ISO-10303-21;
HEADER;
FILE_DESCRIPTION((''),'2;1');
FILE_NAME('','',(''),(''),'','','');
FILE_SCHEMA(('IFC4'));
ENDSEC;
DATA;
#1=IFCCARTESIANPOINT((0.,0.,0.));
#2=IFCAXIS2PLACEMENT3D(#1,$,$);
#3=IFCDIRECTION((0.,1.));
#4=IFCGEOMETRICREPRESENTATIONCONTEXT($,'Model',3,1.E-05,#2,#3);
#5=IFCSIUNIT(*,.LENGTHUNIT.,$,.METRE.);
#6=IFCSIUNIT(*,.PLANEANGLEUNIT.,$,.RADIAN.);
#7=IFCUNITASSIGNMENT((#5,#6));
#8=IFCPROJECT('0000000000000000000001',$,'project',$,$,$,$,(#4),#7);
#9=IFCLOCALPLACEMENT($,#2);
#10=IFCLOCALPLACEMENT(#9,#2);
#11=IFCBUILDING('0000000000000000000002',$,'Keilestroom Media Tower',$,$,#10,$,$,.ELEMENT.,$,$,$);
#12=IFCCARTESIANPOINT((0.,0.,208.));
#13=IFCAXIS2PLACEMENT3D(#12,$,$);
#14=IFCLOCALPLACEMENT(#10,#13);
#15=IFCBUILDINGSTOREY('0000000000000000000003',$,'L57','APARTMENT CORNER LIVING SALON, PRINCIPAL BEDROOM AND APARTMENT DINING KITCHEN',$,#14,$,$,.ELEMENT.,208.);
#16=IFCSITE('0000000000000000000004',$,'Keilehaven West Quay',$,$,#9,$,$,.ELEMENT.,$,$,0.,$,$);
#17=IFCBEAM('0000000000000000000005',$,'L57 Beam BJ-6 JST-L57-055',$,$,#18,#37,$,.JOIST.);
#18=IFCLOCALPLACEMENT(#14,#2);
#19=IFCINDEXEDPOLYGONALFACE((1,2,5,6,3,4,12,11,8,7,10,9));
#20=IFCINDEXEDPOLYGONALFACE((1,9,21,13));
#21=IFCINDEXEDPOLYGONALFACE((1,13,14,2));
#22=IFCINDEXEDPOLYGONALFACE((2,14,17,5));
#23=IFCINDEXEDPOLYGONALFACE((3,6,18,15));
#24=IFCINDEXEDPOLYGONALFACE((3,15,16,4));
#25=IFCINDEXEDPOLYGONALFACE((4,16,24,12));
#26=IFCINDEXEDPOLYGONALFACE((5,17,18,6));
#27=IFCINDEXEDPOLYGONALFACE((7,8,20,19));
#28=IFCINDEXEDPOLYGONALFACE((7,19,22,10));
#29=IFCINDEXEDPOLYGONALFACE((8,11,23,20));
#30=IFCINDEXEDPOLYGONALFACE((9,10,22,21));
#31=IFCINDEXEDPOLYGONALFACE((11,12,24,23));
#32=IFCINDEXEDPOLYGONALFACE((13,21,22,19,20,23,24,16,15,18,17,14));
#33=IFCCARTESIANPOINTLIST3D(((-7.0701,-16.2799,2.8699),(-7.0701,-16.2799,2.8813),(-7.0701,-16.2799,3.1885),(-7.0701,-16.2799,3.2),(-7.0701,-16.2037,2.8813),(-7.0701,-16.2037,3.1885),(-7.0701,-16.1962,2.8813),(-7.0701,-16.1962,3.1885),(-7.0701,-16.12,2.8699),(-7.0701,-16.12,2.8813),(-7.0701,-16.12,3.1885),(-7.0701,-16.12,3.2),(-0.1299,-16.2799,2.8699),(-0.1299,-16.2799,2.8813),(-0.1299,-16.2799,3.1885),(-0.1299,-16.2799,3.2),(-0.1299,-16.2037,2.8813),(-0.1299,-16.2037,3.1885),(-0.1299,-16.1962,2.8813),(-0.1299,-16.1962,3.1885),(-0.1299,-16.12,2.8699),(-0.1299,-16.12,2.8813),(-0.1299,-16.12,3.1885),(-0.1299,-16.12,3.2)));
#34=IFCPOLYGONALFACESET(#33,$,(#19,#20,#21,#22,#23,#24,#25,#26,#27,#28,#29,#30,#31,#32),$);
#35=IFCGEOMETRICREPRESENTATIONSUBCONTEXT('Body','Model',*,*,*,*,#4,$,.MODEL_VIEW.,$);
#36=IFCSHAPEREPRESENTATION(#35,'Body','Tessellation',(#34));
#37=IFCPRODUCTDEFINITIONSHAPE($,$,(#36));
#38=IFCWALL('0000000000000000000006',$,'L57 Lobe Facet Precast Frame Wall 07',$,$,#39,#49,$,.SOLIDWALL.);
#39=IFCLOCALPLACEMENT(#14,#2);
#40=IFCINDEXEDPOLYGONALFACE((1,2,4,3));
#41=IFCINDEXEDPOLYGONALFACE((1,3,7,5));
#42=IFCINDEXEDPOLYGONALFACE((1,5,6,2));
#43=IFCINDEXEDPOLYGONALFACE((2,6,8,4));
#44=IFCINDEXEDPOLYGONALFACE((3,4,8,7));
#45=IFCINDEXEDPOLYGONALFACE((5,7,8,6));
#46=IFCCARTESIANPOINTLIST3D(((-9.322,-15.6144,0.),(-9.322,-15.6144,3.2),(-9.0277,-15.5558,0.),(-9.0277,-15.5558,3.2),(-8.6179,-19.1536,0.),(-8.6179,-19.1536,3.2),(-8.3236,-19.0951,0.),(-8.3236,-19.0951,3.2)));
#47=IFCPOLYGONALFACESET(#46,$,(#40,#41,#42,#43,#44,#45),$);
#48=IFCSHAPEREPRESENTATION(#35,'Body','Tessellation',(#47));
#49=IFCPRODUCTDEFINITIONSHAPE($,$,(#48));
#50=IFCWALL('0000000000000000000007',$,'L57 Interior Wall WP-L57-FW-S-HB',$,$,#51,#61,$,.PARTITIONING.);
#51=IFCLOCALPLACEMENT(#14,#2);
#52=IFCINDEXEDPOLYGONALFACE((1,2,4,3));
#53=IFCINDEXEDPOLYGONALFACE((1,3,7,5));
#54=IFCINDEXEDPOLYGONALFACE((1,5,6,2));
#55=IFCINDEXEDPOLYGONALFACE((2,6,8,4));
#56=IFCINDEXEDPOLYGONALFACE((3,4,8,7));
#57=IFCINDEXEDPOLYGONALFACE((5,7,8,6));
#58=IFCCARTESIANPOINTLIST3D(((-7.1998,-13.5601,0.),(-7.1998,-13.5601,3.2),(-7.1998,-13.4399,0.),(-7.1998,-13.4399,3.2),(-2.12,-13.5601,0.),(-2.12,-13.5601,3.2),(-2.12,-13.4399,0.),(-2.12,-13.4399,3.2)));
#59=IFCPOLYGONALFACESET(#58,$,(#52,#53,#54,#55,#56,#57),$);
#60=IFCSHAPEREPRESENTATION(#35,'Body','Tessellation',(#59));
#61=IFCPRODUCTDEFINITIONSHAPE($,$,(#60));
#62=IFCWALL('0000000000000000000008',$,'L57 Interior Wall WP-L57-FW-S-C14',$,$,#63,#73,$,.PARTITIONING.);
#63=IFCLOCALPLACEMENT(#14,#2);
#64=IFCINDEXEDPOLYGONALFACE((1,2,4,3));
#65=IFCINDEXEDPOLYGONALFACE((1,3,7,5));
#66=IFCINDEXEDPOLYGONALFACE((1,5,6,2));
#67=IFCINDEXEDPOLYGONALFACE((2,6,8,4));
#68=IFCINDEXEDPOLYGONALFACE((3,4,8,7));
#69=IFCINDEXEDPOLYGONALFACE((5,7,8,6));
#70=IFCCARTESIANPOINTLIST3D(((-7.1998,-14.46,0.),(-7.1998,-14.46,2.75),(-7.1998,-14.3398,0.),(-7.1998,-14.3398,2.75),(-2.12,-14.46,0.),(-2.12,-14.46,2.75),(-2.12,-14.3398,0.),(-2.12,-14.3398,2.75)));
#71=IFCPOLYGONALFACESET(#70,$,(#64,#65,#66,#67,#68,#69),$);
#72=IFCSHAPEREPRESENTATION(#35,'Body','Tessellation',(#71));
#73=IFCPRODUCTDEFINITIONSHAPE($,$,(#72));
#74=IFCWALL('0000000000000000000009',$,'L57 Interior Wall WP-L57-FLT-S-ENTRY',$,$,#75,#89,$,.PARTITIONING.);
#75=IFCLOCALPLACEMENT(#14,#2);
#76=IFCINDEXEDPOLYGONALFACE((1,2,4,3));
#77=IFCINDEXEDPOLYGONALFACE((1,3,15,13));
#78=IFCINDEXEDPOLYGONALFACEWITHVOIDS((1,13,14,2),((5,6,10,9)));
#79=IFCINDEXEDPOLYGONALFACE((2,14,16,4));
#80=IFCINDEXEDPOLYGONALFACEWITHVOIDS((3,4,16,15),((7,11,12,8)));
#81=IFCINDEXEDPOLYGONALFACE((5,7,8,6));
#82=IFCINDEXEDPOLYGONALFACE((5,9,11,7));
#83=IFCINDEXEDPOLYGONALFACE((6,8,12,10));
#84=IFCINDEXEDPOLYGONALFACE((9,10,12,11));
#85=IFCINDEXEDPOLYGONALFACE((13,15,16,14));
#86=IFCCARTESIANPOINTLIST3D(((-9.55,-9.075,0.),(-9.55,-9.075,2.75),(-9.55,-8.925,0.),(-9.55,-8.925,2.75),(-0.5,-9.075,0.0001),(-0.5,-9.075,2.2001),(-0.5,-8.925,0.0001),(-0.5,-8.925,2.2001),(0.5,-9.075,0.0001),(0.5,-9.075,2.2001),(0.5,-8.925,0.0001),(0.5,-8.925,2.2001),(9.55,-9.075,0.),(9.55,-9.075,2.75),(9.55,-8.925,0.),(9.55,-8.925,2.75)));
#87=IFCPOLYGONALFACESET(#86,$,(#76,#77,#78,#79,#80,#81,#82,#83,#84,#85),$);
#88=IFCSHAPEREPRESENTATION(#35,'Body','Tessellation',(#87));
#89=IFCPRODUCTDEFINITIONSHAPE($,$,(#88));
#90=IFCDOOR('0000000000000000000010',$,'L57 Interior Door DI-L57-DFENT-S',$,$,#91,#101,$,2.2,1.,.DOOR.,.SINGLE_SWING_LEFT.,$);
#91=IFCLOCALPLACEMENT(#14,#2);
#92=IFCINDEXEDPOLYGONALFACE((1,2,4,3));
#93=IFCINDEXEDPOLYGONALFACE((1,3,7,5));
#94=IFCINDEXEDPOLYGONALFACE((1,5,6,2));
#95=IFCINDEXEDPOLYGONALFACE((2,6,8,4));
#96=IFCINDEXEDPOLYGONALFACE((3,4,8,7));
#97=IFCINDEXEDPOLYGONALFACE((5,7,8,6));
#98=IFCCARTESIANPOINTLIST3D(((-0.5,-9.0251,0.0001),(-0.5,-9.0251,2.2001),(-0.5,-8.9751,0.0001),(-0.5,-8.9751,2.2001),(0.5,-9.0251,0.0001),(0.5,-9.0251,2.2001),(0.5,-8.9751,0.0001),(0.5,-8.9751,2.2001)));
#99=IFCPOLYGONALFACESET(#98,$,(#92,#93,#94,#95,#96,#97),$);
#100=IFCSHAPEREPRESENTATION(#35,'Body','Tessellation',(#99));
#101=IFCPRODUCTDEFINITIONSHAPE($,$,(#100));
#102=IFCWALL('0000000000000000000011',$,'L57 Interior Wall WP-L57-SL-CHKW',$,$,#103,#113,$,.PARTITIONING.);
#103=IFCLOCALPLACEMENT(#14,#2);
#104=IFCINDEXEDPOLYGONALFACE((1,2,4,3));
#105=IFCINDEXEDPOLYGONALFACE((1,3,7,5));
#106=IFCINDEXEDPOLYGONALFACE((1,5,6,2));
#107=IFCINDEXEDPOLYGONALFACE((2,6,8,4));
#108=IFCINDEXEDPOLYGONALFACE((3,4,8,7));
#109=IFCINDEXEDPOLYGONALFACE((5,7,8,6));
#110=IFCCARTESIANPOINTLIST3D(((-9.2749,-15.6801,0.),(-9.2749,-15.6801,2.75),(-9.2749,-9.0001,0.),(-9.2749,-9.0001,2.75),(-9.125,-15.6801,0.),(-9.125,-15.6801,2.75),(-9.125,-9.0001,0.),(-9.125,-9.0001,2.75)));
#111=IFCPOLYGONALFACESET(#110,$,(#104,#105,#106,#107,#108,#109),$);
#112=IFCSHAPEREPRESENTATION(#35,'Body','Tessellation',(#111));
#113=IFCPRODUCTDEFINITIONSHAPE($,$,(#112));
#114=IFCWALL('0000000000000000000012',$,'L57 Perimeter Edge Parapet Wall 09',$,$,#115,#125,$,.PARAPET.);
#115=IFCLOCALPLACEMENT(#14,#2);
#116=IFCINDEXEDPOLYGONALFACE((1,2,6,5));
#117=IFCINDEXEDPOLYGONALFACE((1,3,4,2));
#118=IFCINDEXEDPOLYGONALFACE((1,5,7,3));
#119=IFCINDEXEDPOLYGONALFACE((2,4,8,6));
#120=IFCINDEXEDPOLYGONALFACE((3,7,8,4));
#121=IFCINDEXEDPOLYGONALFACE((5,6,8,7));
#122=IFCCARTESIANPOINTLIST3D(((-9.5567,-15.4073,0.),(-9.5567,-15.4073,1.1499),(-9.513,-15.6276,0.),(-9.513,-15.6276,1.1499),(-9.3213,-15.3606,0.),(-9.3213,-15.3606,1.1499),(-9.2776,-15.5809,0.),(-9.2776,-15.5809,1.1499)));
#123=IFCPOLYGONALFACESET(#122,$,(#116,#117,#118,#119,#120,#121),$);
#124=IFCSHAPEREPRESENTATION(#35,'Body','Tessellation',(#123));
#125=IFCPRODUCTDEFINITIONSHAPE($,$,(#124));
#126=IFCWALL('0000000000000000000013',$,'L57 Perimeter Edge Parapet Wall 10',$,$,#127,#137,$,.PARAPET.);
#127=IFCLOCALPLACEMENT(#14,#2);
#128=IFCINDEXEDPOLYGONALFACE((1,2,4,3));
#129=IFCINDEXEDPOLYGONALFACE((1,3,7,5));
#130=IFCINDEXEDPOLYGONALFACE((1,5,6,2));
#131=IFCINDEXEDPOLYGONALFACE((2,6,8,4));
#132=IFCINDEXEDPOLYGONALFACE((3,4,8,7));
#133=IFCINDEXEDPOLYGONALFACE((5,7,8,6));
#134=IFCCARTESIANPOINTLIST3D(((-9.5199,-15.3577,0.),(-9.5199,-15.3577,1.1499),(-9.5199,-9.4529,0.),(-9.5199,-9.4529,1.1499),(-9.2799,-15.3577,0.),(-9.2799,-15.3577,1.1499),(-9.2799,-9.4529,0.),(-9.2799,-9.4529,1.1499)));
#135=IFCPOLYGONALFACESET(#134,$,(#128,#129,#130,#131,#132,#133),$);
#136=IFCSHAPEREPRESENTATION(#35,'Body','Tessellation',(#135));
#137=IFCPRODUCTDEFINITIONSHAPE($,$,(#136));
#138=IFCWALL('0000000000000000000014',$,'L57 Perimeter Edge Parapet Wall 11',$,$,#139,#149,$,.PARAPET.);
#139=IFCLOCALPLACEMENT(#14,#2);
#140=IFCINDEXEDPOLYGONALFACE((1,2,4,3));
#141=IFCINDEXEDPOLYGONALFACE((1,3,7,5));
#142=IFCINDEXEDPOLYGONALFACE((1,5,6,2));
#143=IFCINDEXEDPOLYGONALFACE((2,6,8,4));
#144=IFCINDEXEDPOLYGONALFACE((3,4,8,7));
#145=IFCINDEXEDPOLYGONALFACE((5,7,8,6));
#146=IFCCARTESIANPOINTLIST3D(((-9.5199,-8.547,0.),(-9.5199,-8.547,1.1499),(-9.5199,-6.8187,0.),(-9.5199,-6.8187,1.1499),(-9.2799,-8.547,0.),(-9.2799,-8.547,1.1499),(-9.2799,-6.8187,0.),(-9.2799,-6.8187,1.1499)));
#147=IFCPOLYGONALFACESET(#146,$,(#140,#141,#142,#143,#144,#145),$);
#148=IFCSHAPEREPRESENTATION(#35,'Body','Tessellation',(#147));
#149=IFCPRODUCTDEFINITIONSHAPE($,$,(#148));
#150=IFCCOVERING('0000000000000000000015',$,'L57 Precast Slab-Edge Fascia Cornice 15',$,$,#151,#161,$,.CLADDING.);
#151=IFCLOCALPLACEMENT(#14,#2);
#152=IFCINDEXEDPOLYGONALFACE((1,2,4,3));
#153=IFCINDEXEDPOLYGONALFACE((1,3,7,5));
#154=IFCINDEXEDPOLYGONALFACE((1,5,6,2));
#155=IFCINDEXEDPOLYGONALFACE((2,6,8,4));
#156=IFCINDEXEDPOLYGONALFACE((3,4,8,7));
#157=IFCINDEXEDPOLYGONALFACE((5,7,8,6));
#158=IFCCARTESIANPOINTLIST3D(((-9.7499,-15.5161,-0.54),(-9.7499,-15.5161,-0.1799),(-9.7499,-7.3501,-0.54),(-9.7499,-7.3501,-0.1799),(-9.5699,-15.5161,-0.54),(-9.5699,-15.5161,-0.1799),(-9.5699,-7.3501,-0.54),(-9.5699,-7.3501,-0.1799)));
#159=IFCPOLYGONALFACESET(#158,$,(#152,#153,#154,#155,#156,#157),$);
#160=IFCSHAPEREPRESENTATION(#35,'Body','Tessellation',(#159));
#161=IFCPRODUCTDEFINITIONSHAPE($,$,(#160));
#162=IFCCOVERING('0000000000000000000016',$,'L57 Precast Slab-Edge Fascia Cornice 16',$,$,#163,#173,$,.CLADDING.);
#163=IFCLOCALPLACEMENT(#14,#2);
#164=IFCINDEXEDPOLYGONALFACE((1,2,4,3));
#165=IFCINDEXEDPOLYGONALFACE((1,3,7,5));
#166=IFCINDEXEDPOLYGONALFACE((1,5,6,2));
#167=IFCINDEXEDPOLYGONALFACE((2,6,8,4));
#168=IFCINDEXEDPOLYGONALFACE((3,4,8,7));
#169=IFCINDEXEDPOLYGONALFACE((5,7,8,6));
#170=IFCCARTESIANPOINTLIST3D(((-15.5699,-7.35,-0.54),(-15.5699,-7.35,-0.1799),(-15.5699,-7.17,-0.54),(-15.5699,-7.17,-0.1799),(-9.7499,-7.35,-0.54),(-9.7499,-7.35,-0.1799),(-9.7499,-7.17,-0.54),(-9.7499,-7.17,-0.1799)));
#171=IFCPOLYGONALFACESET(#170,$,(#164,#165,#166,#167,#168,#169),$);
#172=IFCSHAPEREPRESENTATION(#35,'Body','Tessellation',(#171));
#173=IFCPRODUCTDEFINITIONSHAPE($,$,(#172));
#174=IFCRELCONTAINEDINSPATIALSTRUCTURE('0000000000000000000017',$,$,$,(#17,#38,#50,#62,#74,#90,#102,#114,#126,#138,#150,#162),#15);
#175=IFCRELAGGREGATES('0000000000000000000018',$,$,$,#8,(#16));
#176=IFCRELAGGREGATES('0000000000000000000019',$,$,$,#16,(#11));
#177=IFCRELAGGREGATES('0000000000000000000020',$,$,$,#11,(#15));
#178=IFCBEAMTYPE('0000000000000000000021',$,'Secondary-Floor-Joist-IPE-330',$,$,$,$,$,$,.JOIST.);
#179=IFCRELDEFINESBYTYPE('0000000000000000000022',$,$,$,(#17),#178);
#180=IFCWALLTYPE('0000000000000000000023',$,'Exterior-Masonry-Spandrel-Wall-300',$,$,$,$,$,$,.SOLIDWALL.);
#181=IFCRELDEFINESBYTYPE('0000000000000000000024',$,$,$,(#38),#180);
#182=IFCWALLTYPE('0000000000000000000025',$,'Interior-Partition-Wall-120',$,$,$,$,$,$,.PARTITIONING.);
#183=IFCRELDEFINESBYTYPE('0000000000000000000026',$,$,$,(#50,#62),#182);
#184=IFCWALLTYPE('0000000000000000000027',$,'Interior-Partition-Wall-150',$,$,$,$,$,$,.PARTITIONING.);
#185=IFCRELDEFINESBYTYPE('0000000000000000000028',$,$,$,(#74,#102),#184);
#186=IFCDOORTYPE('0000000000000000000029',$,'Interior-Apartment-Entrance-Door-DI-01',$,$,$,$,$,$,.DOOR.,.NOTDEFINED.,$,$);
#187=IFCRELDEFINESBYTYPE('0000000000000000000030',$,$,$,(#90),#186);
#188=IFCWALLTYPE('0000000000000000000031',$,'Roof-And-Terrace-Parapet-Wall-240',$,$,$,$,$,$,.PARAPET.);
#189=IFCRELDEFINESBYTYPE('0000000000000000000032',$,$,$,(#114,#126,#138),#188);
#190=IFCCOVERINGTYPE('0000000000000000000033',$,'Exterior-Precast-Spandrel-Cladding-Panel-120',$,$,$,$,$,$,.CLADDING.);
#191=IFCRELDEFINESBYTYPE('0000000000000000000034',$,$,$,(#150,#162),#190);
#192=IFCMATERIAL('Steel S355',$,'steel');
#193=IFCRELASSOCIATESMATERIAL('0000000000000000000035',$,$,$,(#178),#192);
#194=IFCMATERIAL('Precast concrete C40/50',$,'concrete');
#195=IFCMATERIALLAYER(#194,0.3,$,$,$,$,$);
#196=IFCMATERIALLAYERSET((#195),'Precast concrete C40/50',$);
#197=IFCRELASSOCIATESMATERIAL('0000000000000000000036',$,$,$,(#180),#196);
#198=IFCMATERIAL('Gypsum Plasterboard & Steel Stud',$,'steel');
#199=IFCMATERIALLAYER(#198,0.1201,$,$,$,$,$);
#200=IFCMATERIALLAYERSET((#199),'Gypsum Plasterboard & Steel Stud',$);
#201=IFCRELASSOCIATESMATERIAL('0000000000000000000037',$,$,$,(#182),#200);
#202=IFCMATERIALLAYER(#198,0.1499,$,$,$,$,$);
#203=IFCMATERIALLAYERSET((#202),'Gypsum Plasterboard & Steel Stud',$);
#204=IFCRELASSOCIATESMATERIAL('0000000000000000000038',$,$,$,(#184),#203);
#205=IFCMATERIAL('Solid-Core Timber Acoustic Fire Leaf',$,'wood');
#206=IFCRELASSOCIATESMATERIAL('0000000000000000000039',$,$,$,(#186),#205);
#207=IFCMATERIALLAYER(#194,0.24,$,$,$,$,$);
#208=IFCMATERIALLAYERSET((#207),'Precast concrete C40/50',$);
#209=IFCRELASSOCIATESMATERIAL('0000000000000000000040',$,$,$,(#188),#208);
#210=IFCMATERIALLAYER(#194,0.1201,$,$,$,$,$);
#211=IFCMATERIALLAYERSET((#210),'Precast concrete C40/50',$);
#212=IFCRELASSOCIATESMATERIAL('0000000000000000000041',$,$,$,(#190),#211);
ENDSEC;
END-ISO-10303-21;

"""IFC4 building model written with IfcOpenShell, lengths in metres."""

from ifc_helpers import new_model, si_unit, direction, frame, frame_2d, origin, origin_2d, place, context, subcontext, project, spatial, rectangle, i_section, extrude, source, transform, mapped, material, layer, layer_set, material_profile, profile_set, type_object, element, fill, save


model = new_model("IFC4")

# Units and contexts
model_context = context("Model", 3, precision=1e-05, world=origin(), true_north=direction((0.0, 1.0)))
body_context = subcontext(model_context, "Body", "Model", "MODEL_VIEW")
ifc_project = project(units=[si_unit("LENGTHUNIT", "METRE"), si_unit("PLANEANGLEUNIT", "RADIAN")], contexts=[model_context])

# Site, building, storey
site_placement = place(None, origin())
site = spatial("IfcSite", under=ifc_project, at=site_placement, Name="Keilehaven West Quay", CompositionType="ELEMENT", RefElevation=0.0)
building_placement = place(site_placement, origin())
building = spatial("IfcBuilding", under=site, at=building_placement, Name="Keilestroom Media Tower", CompositionType="ELEMENT")
storey_placement = place(building_placement, frame((0.0, 0.0, 208.0)))
storey = spatial("IfcBuildingStorey", under=building, at=storey_placement, Name="L57", Description="APARTMENT CORNER LIVING SALON, PRINCIPAL BEDROOM AND APARTMENT DINING KITCHEN", CompositionType="ELEMENT", Elevation=208.0)

# Shared definitions
ifc_material_1 = material(Name="Precast concrete C40/50", Category="concrete")
ifc_material_2 = material(Name="Steel S355", Category="steel")

# Beam
ifc_material_profile_1 = material_profile(ifc_material_2, i_section(OverallWidth=0.1599, OverallDepth=0.3301, WebThickness=0.0076, FlangeThickness=0.0115, at=origin_2d()), Name="IPE 330")
ifc_profile_set_1 = profile_set([ifc_material_profile_1], Name="Steel S355")
beam_type_1 = type_object("IfcBeamType", Name="Secondary-Floor-Joist-IPE-330", PredefinedType="JOIST", material=ifc_profile_set_1)
shared_shape_1 = source(origin(), body_context, "Body", "SweptSolid", [
    extrude(i_section(OverallWidth=0.1599, OverallDepth=0.3301, WebThickness=0.0076, FlangeThickness=0.0115, at=origin_2d()), origin(), (0.0, 0.0, 1.0), 6.9402),
])
beam_1_placement = place(storey_placement, frame((-7.0701, -16.2, 3.0349), z_axis=(1.0, 0.0, 0.0), x_axis=(0.0, 1.0, 0.0)))
element("IfcBeam", 1, at=beam_1_placement, inside=storey, type_object=beam_type_1, Name="L57 Beam BJ-6 JST-L57-055", PredefinedType="JOIST", context=body_context, shape_type="MappedRepresentation", body=[
    mapped(shared_shape_1, transform((0.0, 0.0, 0.0), x_axis=(1.0, 0.0, 0.0), y_axis=(0.0, 1.0, 0.0), z_axis=(0.0, 0.0, 1.0), scale=1.0)),
])

# Walls
ifc_layer_1 = layer(ifc_material_1, 0.3)
ifc_layer_set_1 = layer_set([ifc_layer_1], Name="Precast concrete C40/50")
wall_type_1 = type_object("IfcWallType", Name="Exterior-Masonry-Spandrel-Wall-300", PredefinedType="SOLIDWALL", material=ifc_layer_set_1)
wall_1_placement = place(storey_placement, frame((-9.1748, -15.5852, 0.0), z_axis=(0.0, 0.0, 1.0), x_axis=(0.195114, -0.980781, 0.0)))
element("IfcWall", 2, at=wall_1_placement, inside=storey, type_object=wall_type_1, Name="L57 Lobe Facet Precast Frame Wall 07", PredefinedType="SOLIDWALL", context=body_context, shape_type="SweptSolid", body=[
    extrude(rectangle(XDim=3.6086, YDim=0.3, at=frame_2d((1.8042, 0.0))), origin(), (0.0, 0.0, 1.0), 3.2),
])
ifc_material_3 = material(Name="Gypsum Plasterboard & Steel Stud", Category="steel")
ifc_layer_2 = layer(ifc_material_3, 0.1201)
ifc_layer_set_2 = layer_set([ifc_layer_2], Name="Gypsum Plasterboard & Steel Stud")
wall_type_2 = type_object("IfcWallType", Name="Interior-Partition-Wall-120", PredefinedType="PARTITIONING", material=ifc_layer_set_2)
wall_2_placement = place(storey_placement, frame((-7.2, -13.5, 0.0), z_axis=(0.0, 0.0, 1.0), x_axis=(1.0, 0.0, 0.0)))
element("IfcWall", 3, at=wall_2_placement, inside=storey, type_object=wall_type_2, Name="L57 Interior Wall WP-L57-FW-S-HB", PredefinedType="PARTITIONING", context=body_context, shape_type="SweptSolid", body=[
    extrude(rectangle(XDim=5.0798, YDim=0.1201, at=frame_2d((2.54, 0.0))), origin(), (0.0, 0.0, 1.0), 3.2),
])
wall_3_placement = place(storey_placement, frame((-7.2, -14.3999, 0.0), z_axis=(0.0, 0.0, 1.0), x_axis=(1.0, 0.0, 0.0)))
element("IfcWall", 4, at=wall_3_placement, inside=storey, type_object=wall_type_2, Name="L57 Interior Wall WP-L57-FW-S-C14", PredefinedType="PARTITIONING", context=body_context, shape_type="SweptSolid", body=[
    extrude(rectangle(XDim=5.0798, YDim=0.1201, at=frame_2d((2.54, 0.0))), origin(), (0.0, 0.0, 1.0), 2.75),
])

# Wall, opening, door
ifc_layer_3 = layer(ifc_material_3, 0.1499)
ifc_layer_set_3 = layer_set([ifc_layer_3], Name="Gypsum Plasterboard & Steel Stud")
wall_type_3 = type_object("IfcWallType", Name="Interior-Partition-Wall-150", PredefinedType="PARTITIONING", material=ifc_layer_set_3)
wall_4_placement = place(storey_placement, frame((-9.55, -9.0, 0.0), z_axis=(0.0, 0.0, 1.0), x_axis=(1.0, 0.0, 0.0)))
wall_4 = element("IfcWall", 5, at=wall_4_placement, inside=storey, type_object=wall_type_3, Name="L57 Interior Wall WP-L57-FLT-S-ENTRY", PredefinedType="PARTITIONING", context=body_context, shape_type="SweptSolid", body=[
    extrude(rectangle(XDim=19.1001, YDim=0.1499, at=frame_2d((9.55, 0.0))), origin(), (0.0, 0.0, 1.0), 2.75),
])
opening_placement = place(wall_4_placement, frame((9.05, 0.0, 0.0)))
opening = element("IfcOpeningElement", 6, at=opening_placement, cuts=wall_4, PredefinedType="OPENING", context=body_context, shape_type="SweptSolid", body=[
    extrude(rectangle(XDim=1.0, YDim=2.2, at=frame_2d((0.5, 1.1001))), frame((0.0, 0.085, 0.0), z_axis=(0.0, -1.0, 0.0), x_axis=(1.0, 0.0, 0.0)), (0.0, 0.0, 1.0), 0.1699),
])
ifc_material_4 = material(Name="Solid-Core Timber Acoustic Fire Leaf", Category="wood")
door_type = type_object("IfcDoorType", Name="Interior-Apartment-Entrance-Door-DI-01", OperationType="NOTDEFINED", PredefinedType="DOOR", material=ifc_material_4)
shared_shape_2 = source(origin(), body_context, "Body", "SweptSolid", [
    extrude(rectangle(XDim=1.0, YDim=2.2, at=frame_2d((0.5, 1.1001))), frame((0.0, 0.0249, 0.0), z_axis=(0.0, -1.0, 0.0), x_axis=(1.0, 0.0, 0.0)), (0.0, 0.0, 1.0), 0.05),
])
door_placement = place(opening_placement, origin())
door = element("IfcDoor", 7, at=door_placement, inside=storey, type_object=door_type, Name="L57 Interior Door DI-L57-DFENT-S", OperationType="SINGLE_SWING_LEFT", OverallHeight=2.2, OverallWidth=1.0, PredefinedType="DOOR", context=body_context, shape_type="MappedRepresentation", body=[
    mapped(shared_shape_2, transform((0.0, 0.0, 0.0), x_axis=(1.0, 0.0, 0.0), y_axis=(0.0, 1.0, 0.0), z_axis=(0.0, 0.0, 1.0), scale=1.0)),
])
fill(opening, door)

# Walls
wall_5_placement = place(storey_placement, frame((-9.2, -15.6799, 0.0), z_axis=(0.0, 0.0, 1.0), x_axis=(0.0, 1.0, 0.0)))
element("IfcWall", 8, at=wall_5_placement, inside=storey, type_object=wall_type_3, Name="L57 Interior Wall WP-L57-SL-CHKW", PredefinedType="PARTITIONING", context=body_context, shape_type="SweptSolid", body=[
    extrude(rectangle(XDim=6.6799, YDim=0.1499, at=frame_2d((3.3398, 0.0))), origin(), (0.0, 0.0, 1.0), 2.75),
])
ifc_layer_4 = layer(ifc_material_1, 0.24)
ifc_layer_set_4 = layer_set([ifc_layer_4], Name="Precast concrete C40/50")
wall_type_4 = type_object("IfcWallType", Name="Roof-And-Terrace-Parapet-Wall-240", PredefinedType="PARAPET", material=ifc_layer_set_4)
wall_6_placement = place(storey_placement, frame((-9.3953, -15.6042, 0.0), z_axis=(0.0, 0.0, 1.0), x_axis=(-0.194652, 0.980872, 0.0)))
element("IfcWall", 9, at=wall_6_placement, inside=storey, type_object=wall_type_4, Name="L57 Perimeter Edge Parapet Wall 09", PredefinedType="PARAPET", context=body_context, shape_type="SweptSolid", body=[
    extrude(rectangle(XDim=0.2246, YDim=0.24, at=frame_2d((0.1123, 0.0))), origin(), (0.0, 0.0, 1.0), 1.1499),
])
wall_7_placement = place(storey_placement, frame((-9.3999, -15.3577, 0.0), z_axis=(0.0, 0.0, 1.0), x_axis=(0.0, 1.0, 0.0)))
element("IfcWall", 10, at=wall_7_placement, inside=storey, type_object=wall_type_4, Name="L57 Perimeter Edge Parapet Wall 10", PredefinedType="PARAPET", context=body_context, shape_type="SweptSolid", body=[
    extrude(rectangle(XDim=5.9048, YDim=0.24, at=frame_2d((2.9524, 0.0))), origin(), (0.0, 0.0, 1.0), 1.1499),
])
wall_8_placement = place(storey_placement, frame((-9.3999, -8.5471, 0.0), z_axis=(0.0, 0.0, 1.0), x_axis=(0.0, 1.0, 0.0)))
element("IfcWall", 11, at=wall_8_placement, inside=storey, type_object=wall_type_4, Name="L57 Perimeter Edge Parapet Wall 11", PredefinedType="PARAPET", context=body_context, shape_type="SweptSolid", body=[
    extrude(rectangle(XDim=1.7283, YDim=0.24, at=frame_2d((0.8643, 0.0))), origin(), (0.0, 0.0, 1.0), 1.1499),
])

# Coverings
ifc_layer_5 = layer(ifc_material_1, 0.1201)
ifc_layer_set_5 = layer_set([ifc_layer_5], Name="Precast concrete C40/50")
covering_type = type_object("IfcCoveringType", Name="Exterior-Precast-Spandrel-Cladding-Panel-120", PredefinedType="CLADDING", material=ifc_layer_set_5)
shared_shape_3 = source(origin(), body_context, "Body", "SweptSolid", [
    extrude(rectangle(XDim=8.166, YDim=0.1799, at=origin_2d()), origin(), (0.0, 0.0, 1.0), 0.3601),
])
covering_1_placement = place(storey_placement, frame((-9.6599, -11.4331, -0.54), z_axis=(0.0, 0.0, 1.0), x_axis=(0.0, 1.0, 0.0)))
element("IfcCovering", 12, at=covering_1_placement, inside=storey, type_object=covering_type, Name="L57 Precast Slab-Edge Fascia Cornice 15", PredefinedType="CLADDING", context=body_context, shape_type="MappedRepresentation", body=[
    mapped(shared_shape_3, transform((0.0, 0.0, 0.0), x_axis=(1.0, 0.0, 0.0), y_axis=(0.0, 1.0, 0.0), z_axis=(0.0, 0.0, 1.0), scale=1.0)),
])
shared_shape_4 = source(origin(), body_context, "Body", "SweptSolid", [
    extrude(rectangle(XDim=5.8201, YDim=0.1799, at=origin_2d()), origin(), (0.0, 0.0, 1.0), 0.3601),
])
covering_2_placement = place(storey_placement, frame((-12.6599, -7.26, -0.54), z_axis=(0.0, 0.0, 1.0), x_axis=(-1.0, 0.0, 0.0)))
element("IfcCovering", 13, at=covering_2_placement, inside=storey, type_object=covering_type, Name="L57 Precast Slab-Edge Fascia Cornice 16", PredefinedType="CLADDING", context=body_context, shape_type="MappedRepresentation", body=[
    mapped(shared_shape_4, transform((0.0, 0.0, 0.0), x_axis=(1.0, 0.0, 0.0), y_axis=(0.0, 1.0, 0.0), z_axis=(0.0, 0.0, 1.0), scale=1.0)),
])

save(model, "model.ifc")
